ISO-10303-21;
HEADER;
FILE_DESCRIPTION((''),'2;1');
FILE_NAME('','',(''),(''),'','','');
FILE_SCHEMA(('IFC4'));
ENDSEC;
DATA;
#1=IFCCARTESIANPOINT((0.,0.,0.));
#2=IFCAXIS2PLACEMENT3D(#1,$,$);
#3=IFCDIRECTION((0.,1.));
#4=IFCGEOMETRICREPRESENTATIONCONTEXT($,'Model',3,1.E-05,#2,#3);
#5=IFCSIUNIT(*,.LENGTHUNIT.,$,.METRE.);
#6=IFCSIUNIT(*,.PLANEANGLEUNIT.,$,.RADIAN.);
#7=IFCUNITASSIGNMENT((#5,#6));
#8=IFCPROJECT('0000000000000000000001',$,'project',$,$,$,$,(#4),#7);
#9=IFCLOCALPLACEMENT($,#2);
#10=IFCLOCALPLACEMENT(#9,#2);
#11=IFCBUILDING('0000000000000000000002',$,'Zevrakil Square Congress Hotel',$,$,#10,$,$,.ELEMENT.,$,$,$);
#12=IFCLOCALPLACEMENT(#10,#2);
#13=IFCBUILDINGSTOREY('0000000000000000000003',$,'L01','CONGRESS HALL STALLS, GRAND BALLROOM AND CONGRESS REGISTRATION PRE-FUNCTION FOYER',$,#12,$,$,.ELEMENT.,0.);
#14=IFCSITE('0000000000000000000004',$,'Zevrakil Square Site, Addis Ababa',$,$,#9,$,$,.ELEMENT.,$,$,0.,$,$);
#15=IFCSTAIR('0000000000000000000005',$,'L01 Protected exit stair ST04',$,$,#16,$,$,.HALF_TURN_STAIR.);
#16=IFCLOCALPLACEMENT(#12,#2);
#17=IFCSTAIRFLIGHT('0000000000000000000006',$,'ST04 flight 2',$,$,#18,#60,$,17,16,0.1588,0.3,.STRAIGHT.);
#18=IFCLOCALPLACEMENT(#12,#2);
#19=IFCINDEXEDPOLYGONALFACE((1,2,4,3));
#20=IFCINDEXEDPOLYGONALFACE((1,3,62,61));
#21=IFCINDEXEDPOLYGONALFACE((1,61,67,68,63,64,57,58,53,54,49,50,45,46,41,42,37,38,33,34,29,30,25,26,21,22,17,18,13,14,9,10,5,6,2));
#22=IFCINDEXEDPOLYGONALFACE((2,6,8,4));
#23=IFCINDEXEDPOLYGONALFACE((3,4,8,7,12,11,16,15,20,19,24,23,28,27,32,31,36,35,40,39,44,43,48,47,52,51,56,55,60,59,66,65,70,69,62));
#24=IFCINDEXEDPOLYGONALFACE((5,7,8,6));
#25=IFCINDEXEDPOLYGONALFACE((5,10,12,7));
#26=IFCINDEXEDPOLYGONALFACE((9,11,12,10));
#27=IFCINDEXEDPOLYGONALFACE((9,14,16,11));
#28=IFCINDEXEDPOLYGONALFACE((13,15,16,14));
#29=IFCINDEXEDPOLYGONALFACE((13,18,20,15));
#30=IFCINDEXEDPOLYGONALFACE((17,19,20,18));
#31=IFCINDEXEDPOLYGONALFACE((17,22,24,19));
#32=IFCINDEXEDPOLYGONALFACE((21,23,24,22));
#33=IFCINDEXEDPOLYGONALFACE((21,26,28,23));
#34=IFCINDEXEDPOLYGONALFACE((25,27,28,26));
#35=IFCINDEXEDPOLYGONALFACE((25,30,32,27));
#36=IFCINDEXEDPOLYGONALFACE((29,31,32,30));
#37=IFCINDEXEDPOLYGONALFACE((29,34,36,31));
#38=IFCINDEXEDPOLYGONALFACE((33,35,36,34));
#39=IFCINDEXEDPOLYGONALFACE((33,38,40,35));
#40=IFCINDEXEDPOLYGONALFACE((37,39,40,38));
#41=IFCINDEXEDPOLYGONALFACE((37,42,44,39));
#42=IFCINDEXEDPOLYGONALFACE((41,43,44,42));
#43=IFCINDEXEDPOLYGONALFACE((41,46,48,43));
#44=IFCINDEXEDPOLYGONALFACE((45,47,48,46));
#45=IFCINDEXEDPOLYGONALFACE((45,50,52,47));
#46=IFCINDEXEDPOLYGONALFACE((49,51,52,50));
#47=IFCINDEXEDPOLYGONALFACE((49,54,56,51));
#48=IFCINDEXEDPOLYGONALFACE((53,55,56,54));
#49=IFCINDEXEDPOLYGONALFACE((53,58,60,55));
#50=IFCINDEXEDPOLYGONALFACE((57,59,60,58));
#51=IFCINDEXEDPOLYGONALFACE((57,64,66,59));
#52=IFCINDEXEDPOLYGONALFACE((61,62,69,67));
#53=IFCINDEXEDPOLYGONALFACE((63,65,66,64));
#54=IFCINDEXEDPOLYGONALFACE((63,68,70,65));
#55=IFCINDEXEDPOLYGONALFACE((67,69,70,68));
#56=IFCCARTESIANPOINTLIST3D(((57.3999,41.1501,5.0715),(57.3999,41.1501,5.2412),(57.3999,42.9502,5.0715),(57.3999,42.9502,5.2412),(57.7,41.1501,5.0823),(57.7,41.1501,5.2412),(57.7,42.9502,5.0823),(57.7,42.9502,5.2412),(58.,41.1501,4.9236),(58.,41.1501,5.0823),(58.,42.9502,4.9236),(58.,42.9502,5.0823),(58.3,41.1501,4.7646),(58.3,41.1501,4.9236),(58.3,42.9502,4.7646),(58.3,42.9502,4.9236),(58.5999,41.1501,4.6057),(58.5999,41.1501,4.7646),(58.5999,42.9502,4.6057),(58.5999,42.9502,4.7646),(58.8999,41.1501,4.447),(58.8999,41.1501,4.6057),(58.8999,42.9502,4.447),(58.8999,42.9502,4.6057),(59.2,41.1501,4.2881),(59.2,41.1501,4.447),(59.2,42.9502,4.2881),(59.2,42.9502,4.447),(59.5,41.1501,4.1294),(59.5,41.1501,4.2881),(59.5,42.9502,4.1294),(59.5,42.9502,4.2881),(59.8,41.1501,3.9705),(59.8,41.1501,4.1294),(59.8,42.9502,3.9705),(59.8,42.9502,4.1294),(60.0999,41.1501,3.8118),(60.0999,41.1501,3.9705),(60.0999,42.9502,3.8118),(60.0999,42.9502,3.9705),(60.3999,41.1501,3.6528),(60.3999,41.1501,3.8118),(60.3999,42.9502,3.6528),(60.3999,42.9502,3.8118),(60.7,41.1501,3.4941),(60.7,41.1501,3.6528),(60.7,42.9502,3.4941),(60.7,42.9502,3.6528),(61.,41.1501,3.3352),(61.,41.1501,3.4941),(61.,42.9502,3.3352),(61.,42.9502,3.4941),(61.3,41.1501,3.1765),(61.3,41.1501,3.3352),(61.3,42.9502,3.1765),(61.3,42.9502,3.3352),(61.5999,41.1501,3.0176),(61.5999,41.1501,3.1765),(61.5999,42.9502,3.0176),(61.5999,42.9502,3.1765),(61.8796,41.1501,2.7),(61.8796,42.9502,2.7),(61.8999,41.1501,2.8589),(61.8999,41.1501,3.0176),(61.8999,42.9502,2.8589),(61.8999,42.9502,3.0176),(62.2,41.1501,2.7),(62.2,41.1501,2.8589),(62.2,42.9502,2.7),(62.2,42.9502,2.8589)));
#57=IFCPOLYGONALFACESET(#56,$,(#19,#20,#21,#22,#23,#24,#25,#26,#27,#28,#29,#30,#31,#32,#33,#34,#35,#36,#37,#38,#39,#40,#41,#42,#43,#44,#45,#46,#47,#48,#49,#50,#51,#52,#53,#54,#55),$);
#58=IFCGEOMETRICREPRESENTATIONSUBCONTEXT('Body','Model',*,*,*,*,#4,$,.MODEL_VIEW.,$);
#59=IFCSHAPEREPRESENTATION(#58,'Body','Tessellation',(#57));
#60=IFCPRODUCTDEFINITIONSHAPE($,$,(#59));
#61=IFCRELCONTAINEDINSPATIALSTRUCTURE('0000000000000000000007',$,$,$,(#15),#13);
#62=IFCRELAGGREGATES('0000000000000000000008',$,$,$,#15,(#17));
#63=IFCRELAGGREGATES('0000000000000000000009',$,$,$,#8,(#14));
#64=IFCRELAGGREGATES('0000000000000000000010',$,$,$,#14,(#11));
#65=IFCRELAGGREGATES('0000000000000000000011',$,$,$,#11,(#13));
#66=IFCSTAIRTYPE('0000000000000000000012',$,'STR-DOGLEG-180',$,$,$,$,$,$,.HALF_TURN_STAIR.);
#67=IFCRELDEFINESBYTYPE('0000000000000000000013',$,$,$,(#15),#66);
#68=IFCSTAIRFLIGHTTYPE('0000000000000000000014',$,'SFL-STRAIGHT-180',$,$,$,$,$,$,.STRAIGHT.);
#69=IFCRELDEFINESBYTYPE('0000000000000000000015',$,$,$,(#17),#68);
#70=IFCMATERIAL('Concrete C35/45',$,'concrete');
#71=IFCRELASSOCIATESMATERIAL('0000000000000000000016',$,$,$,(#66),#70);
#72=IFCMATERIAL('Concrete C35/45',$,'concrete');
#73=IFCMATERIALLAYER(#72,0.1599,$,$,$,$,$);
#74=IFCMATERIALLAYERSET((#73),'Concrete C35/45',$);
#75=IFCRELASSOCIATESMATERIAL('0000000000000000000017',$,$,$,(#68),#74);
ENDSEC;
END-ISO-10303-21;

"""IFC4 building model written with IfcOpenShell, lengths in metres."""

from ifc_helpers import new_model, si_unit, direction, frame, origin, place, context, subcontext, project, spatial, polyline, outline, extrude, material, layer, layer_set, type_object, element, aggregate, save


model = new_model("IFC4")

# Units and contexts
model_context = context("Model", 3, precision=1e-05, world=origin(), true_north=direction((0.0, 1.0)))
body_context = subcontext(model_context, "Body", "Model", "MODEL_VIEW")
ifc_project = project(units=[si_unit("LENGTHUNIT", "METRE"), si_unit("PLANEANGLEUNIT", "RADIAN")], contexts=[model_context])

# Site, building, storey
site_placement = place(None, origin())
site = spatial("IfcSite", under=ifc_project, at=site_placement, Name="Zevrakil Square Site, Addis Ababa", CompositionType="ELEMENT", RefElevation=0.0)
building_placement = place(site_placement, origin())
building = spatial("IfcBuilding", under=site, at=building_placement, Name="Zevrakil Square Congress Hotel", CompositionType="ELEMENT")
storey_placement = place(building_placement, origin())
storey = spatial("IfcBuildingStorey", under=building, at=storey_placement, Name="L01", Description="CONGRESS HALL STALLS, GRAND BALLROOM AND CONGRESS REGISTRATION PRE-FUNCTION FOYER", CompositionType="ELEMENT", Elevation=0.0)

# Stair, stair flight
ifc_material_1 = material(Name="Concrete C35/45", Category="concrete")
stair_type = type_object("IfcStairType", Name="STR-DOGLEG-180", PredefinedType="HALF_TURN_STAIR", material=ifc_material_1)
stair_placement = place(storey_placement, origin())
stair = element("IfcStair", 1, at=stair_placement, inside=storey, type_object=stair_type, Name="L01 Protected exit stair ST04", PredefinedType="HALF_TURN_STAIR")
ifc_material_2 = material(Name="Concrete C35/45", Category="concrete")
ifc_layer_1 = layer(ifc_material_2, 0.1599)
ifc_layer_set_1 = layer_set([ifc_layer_1], Name="Concrete C35/45")
stair_flight_type = type_object("IfcStairFlightType", Name="SFL-STRAIGHT-180", PredefinedType="STRAIGHT", material=ifc_layer_set_1)
stair_flight_placement = place(storey_placement, frame((62.2, 42.05, 2.7), z_axis=(0.0, 0.0, 1.0), x_axis=(-1.0, 0.0, 0.0)))
stair_flight = element("IfcStairFlight", 2, at=stair_flight_placement, type_object=stair_flight_type, Name="ST04 flight 2", NumberOfRisers=17, NumberOfTreads=16, PredefinedType="STRAIGHT", RiserHeight=0.1588, TreadLength=0.3, context=body_context, shape_type="SweptSolid", body=[
    extrude(outline(polyline([(0.0, 0.0), (0.0, 0.1589), (0.3, 0.1589), (0.3, 0.3176), (0.6001, 0.3176), (0.6001, 0.4766), (0.8999, 0.4766), (0.8999, 0.6353), (1.2, 0.6353), (1.2, 0.7942), (1.5, 0.7942), (1.5, 0.9529), (1.8, 0.9529), (1.8, 1.1118), (2.1001, 1.1118), (2.1001, 1.2705), (2.3999, 1.2705), (2.3999, 1.4294), (2.7, 1.4294), (2.7, 1.5881), (3.0, 1.5881), (3.0, 1.7471), (3.3, 1.7471), (3.3, 1.9058), (3.6001, 1.9058), (3.6001, 2.0647), (3.8999, 2.0647), (3.8999, 2.2236), (4.2, 2.2236), (4.2, 2.3823), (4.5, 2.3823), (4.5, 2.5413), (4.8, 2.5413), (4.8, 2.7), (4.8, 2.3716), (0.3203, 0.0), (0.0, 0.0)])), frame((0.0, 0.8999, 0.0), z_axis=(0.0, -1.0, 0.0), x_axis=(1.0, 0.0, 0.0)), (0.0, 0.0, 1.0), 1.8),
])
aggregate(stair, [stair_flight])

save(model, "model.ifc")
